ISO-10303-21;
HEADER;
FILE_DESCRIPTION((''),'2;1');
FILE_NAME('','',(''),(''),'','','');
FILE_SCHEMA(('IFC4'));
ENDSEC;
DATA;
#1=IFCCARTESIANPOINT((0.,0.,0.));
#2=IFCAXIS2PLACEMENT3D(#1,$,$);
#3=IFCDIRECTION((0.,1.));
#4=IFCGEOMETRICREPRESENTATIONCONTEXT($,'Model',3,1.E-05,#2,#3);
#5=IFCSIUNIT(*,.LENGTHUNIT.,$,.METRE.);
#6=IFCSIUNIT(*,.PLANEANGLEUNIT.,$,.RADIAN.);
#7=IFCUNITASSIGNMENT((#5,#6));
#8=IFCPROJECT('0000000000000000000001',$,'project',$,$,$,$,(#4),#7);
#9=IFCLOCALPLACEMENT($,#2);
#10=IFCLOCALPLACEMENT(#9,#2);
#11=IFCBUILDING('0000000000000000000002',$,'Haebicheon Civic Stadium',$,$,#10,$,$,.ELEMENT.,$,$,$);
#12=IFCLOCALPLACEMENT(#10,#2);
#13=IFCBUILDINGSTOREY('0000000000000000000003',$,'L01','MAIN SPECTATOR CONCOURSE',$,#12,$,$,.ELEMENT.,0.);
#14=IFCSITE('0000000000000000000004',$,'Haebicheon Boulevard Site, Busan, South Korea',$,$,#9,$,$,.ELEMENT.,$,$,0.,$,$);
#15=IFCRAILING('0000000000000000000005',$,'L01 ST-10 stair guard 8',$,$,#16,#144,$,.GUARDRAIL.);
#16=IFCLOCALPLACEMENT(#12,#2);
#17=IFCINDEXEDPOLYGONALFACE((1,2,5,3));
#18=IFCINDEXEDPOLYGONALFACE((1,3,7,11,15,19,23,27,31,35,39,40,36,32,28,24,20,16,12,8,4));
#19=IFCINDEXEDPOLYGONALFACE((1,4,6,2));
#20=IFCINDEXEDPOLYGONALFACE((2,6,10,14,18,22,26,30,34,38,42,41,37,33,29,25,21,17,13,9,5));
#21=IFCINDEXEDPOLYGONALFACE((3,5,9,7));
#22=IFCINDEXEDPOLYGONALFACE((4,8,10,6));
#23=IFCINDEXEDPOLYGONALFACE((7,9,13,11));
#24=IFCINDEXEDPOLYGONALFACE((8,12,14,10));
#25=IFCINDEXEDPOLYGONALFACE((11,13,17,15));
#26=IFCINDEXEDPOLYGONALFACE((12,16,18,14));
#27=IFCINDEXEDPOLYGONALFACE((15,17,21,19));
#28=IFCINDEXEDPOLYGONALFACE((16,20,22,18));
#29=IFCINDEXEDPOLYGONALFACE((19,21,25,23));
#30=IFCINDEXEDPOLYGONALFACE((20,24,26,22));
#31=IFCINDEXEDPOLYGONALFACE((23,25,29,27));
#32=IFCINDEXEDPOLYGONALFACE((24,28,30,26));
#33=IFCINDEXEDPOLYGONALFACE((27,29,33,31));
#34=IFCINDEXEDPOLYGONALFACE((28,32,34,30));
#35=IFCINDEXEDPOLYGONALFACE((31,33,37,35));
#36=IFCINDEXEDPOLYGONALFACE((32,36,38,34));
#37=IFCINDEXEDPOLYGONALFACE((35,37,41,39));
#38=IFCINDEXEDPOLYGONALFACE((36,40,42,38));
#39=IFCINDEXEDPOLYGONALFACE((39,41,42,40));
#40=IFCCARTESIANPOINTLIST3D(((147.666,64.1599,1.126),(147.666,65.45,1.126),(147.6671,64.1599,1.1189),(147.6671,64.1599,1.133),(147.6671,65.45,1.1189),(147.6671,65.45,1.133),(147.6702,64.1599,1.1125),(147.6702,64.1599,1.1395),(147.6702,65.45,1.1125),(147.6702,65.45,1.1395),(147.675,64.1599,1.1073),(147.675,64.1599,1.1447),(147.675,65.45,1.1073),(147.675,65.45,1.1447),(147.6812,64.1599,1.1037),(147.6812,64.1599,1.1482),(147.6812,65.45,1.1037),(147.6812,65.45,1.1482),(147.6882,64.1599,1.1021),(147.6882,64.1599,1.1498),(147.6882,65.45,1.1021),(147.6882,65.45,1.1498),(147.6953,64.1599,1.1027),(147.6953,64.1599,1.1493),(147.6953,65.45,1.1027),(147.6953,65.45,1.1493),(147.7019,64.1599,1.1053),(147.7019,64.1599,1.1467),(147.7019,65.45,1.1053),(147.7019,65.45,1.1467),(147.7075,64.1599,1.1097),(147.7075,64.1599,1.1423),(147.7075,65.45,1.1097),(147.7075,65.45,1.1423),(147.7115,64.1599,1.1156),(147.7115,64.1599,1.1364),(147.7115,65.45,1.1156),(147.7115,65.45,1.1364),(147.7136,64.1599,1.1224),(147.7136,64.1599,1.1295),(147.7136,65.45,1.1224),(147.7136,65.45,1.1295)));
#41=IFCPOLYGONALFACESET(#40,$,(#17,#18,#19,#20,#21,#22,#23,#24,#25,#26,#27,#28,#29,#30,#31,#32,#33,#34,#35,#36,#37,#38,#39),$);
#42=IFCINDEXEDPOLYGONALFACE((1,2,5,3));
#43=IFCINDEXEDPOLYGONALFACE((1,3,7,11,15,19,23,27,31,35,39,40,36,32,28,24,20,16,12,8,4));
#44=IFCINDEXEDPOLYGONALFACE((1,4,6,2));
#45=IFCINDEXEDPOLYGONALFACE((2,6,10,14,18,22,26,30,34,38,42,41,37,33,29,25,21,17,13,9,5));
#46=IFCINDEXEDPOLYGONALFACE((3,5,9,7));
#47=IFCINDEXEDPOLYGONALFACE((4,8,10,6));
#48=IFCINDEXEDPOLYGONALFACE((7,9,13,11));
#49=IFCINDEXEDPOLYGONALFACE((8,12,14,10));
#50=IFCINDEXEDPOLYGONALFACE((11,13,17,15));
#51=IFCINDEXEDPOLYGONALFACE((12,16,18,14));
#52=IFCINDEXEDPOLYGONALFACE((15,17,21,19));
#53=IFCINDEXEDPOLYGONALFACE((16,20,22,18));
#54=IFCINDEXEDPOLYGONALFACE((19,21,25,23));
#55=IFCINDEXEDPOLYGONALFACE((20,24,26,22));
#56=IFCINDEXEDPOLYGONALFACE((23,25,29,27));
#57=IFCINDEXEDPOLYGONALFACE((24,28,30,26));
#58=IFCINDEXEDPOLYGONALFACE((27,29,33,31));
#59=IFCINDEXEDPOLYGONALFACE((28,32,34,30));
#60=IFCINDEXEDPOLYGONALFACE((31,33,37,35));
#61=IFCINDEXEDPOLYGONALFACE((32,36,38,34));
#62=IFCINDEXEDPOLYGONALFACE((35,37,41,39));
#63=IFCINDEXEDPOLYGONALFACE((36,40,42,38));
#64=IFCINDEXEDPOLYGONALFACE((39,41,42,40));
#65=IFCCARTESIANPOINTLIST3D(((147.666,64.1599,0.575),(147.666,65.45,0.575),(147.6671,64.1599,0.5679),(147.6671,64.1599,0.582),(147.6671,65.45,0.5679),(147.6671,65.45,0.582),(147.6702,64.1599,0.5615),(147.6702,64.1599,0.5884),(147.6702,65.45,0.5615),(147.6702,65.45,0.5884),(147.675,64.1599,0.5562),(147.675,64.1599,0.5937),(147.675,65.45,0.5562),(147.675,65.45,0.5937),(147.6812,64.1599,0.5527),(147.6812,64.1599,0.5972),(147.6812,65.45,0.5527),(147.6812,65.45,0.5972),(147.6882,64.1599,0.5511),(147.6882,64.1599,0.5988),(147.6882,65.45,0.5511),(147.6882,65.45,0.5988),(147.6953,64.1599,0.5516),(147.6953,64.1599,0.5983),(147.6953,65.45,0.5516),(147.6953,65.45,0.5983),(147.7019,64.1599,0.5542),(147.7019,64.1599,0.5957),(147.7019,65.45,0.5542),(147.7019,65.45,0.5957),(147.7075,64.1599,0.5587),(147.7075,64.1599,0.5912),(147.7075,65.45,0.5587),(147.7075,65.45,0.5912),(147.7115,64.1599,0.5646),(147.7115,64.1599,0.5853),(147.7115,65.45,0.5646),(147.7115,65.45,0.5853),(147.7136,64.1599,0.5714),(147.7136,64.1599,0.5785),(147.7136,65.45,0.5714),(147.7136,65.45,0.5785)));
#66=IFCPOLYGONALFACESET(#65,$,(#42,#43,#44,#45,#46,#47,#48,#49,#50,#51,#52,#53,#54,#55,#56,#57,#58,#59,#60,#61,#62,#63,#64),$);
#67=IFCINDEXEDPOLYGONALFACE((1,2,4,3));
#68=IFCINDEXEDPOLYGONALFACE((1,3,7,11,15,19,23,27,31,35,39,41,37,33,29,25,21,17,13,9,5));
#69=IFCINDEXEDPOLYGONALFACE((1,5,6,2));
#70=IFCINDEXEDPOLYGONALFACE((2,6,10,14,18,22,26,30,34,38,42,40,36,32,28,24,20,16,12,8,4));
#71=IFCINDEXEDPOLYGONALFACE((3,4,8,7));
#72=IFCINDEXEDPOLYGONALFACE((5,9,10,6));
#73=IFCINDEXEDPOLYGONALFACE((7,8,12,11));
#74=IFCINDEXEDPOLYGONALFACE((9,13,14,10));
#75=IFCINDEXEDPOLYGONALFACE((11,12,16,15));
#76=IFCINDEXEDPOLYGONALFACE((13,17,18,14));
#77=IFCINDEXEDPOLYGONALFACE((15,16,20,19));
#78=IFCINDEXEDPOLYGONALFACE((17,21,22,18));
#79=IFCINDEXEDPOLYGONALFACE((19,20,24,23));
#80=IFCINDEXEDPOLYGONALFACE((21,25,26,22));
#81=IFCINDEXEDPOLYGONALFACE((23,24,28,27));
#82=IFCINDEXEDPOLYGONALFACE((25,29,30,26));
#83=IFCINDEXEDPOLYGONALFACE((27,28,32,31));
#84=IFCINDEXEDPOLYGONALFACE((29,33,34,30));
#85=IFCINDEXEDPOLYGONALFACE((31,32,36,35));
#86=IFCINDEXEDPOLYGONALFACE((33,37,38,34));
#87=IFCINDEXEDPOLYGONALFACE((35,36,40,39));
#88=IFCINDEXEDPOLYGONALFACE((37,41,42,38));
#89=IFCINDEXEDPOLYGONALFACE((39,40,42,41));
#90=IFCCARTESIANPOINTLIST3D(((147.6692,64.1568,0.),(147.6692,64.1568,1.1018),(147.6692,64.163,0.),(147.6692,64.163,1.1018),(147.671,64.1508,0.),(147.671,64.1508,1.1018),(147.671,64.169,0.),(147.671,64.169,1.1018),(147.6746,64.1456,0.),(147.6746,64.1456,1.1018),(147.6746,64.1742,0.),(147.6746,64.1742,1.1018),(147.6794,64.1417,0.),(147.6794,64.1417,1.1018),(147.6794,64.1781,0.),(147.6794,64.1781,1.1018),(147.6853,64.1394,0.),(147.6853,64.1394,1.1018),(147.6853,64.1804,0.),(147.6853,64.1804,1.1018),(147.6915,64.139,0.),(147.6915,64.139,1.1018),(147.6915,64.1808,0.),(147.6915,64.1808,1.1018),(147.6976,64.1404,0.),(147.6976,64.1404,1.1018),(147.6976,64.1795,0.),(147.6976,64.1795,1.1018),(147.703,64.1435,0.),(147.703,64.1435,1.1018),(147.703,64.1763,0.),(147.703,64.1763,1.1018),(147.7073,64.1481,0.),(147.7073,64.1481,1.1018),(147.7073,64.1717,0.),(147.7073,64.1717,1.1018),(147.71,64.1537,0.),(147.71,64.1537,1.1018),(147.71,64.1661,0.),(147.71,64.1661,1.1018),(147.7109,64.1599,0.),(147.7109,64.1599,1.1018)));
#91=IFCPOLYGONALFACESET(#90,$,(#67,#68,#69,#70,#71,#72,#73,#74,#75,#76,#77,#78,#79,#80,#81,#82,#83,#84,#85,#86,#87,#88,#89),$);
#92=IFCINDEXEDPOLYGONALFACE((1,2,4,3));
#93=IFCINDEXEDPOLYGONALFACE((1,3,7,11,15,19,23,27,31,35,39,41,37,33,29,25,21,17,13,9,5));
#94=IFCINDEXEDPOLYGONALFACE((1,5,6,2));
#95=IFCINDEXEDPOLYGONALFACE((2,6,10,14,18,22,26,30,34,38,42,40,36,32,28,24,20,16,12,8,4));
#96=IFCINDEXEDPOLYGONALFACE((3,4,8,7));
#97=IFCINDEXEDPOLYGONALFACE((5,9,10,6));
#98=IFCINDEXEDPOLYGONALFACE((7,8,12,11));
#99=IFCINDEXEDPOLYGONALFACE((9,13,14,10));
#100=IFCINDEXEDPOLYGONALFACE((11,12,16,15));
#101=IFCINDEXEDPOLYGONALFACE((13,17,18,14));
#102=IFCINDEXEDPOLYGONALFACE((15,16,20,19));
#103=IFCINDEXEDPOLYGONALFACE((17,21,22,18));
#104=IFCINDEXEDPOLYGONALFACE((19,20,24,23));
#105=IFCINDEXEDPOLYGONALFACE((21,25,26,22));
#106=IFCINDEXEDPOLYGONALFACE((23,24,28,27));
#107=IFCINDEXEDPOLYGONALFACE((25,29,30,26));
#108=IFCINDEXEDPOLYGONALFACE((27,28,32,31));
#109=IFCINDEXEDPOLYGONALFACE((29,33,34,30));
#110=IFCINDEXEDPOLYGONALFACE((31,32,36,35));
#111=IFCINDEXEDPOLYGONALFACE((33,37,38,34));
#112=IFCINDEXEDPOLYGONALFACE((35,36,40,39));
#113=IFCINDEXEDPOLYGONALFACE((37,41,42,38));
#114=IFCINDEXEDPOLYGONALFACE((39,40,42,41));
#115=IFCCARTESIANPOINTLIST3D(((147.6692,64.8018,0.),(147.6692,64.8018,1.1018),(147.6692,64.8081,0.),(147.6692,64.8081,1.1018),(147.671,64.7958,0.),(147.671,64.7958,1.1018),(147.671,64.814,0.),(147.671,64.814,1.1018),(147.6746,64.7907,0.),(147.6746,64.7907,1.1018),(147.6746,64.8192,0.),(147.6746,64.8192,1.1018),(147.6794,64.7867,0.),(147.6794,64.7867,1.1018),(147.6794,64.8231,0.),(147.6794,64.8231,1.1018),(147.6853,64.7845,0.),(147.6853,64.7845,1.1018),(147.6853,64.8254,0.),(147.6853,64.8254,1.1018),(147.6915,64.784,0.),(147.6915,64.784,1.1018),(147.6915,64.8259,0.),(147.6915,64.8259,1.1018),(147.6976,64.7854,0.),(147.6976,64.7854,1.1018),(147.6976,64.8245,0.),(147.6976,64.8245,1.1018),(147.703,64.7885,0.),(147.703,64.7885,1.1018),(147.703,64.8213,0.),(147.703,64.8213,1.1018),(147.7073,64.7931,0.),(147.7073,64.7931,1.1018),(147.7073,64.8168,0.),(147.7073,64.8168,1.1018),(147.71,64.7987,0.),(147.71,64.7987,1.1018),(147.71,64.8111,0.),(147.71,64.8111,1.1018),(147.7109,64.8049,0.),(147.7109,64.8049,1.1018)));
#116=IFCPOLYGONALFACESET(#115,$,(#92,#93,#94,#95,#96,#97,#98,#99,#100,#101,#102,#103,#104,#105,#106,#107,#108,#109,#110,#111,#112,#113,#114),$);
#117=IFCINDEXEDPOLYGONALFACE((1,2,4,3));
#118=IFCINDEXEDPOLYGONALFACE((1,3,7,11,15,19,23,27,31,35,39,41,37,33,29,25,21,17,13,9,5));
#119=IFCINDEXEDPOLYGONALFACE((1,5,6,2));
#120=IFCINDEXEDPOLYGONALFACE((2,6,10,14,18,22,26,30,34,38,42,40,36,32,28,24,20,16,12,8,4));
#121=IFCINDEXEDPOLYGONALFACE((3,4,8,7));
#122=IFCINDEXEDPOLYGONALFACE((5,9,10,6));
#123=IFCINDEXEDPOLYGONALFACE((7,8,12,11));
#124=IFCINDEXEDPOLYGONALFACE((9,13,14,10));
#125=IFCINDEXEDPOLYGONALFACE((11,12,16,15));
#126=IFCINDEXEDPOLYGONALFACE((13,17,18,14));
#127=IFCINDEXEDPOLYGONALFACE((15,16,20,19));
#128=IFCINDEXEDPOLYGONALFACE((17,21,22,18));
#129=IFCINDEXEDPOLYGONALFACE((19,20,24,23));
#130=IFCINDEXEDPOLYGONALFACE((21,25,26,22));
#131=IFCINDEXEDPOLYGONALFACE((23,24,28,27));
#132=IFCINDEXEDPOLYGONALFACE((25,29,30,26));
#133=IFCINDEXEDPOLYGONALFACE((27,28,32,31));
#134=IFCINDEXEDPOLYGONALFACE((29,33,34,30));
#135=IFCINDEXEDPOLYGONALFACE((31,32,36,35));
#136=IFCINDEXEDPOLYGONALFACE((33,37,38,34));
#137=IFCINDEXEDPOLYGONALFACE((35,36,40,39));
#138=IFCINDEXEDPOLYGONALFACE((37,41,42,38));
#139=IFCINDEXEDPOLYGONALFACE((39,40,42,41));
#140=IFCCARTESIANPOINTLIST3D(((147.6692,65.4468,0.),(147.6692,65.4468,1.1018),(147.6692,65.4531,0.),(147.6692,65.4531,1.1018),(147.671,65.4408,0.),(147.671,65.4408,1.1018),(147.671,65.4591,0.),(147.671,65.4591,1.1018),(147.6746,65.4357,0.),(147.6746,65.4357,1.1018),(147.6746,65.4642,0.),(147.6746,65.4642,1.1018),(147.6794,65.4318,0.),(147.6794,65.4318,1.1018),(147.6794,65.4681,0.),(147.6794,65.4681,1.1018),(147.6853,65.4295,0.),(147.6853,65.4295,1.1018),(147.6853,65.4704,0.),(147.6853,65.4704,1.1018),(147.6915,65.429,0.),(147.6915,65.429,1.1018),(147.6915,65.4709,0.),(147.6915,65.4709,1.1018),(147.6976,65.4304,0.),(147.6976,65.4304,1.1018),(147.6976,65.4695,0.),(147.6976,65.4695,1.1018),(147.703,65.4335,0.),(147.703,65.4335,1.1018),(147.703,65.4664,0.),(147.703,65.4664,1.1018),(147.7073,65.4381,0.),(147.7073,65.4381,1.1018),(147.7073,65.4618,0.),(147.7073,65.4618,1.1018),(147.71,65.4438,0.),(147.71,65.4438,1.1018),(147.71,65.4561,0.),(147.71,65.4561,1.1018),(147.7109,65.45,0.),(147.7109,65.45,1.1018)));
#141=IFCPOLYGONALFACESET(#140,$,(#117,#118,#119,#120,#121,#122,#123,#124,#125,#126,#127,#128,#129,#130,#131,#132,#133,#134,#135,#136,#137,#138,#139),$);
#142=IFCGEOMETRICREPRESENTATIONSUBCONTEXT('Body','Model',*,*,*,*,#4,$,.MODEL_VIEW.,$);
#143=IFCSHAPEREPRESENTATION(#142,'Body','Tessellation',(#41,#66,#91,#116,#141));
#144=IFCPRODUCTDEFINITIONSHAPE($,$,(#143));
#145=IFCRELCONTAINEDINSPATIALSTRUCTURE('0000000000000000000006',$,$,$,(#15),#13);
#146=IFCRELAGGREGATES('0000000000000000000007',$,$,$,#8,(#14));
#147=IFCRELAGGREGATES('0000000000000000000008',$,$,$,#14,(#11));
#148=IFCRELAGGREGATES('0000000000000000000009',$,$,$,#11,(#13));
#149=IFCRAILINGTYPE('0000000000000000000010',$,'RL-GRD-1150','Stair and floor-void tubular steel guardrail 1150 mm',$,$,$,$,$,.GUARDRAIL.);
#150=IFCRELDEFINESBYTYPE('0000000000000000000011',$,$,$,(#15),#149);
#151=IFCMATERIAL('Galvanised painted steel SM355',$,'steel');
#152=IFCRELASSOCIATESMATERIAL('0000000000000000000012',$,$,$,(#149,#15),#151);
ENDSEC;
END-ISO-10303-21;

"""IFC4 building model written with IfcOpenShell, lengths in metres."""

from ifc_helpers import new_model, si_unit, direction, frame, origin, origin_2d, place, context, subcontext, project, spatial, circle, extrude, material, type_object, element, save


model = new_model("IFC4")

# Units and contexts
model_context = context("Model", 3, precision=1e-05, world=origin(), true_north=direction((0.0, 1.0)))
body_context = subcontext(model_context, "Body", "Model", "MODEL_VIEW")
ifc_project = project(units=[si_unit("LENGTHUNIT", "METRE"), si_unit("PLANEANGLEUNIT", "RADIAN")], contexts=[model_context])

# Site, building, storey
site_placement = place(None, origin())
site = spatial("IfcSite", under=ifc_project, at=site_placement, Name="Haebicheon Boulevard Site, Busan, South Korea", CompositionType="ELEMENT", RefElevation=0.0)
building_placement = place(site_placement, origin())
building = spatial("IfcBuilding", under=site, at=building_placement, Name="Haebicheon Civic Stadium", CompositionType="ELEMENT")
storey_placement = place(building_placement, origin())
storey = spatial("IfcBuildingStorey", under=building, at=storey_placement, Name="L01", Description="MAIN SPECTATOR CONCOURSE", CompositionType="ELEMENT", Elevation=0.0)

# Railing
ifc_material_1 = material(Name="Galvanised painted steel SM355", Category="steel")
railing_type = type_object("IfcRailingType", Name="RL-GRD-1150", Description="Stair and floor-void tubular steel guardrail 1150 mm", PredefinedType="GUARDRAIL", material=ifc_material_1)
for number, where, name in (
    (1, (147.6899, 64.1599, 0.0), "L01 ST-10 stair guard 8"),
):
    element("IfcRailing", number, at=place(storey_placement, frame(where)), inside=storey, type_object=railing_type, material=ifc_material_1, Name=name, PredefinedType="GUARDRAIL", context=body_context, shape_type="SweptSolid", body=[
        extrude(circle(Radius=0.0239, at=origin_2d()), frame((0.0, 0.0, 1.126), z_axis=(0.0, 1.0, 0.0), x_axis=(-1.0, 0.0, 0.0)), (0.0, 0.0, 1.0), 1.29),
        extrude(circle(Radius=0.0239, at=origin_2d()), frame((0.0, 0.0, 0.575), z_axis=(0.0, 1.0, 0.0), x_axis=(-1.0, 0.0, 0.0)), (0.0, 0.0, 1.0), 1.29),
        extrude(circle(Radius=0.021, at=origin_2d()), origin(), (0.0, 0.0, 1.0), 1.1018),
        extrude(circle(Radius=0.021, at=origin_2d()), frame((0.0, 0.645, 0.0)), (0.0, 0.0, 1.0), 1.1018),
        extrude(circle(Radius=0.021, at=origin_2d()), frame((0.0, 1.29, 0.0)), (0.0, 0.0, 1.0), 1.1018),
    ])

save(model, "model.ifc")
